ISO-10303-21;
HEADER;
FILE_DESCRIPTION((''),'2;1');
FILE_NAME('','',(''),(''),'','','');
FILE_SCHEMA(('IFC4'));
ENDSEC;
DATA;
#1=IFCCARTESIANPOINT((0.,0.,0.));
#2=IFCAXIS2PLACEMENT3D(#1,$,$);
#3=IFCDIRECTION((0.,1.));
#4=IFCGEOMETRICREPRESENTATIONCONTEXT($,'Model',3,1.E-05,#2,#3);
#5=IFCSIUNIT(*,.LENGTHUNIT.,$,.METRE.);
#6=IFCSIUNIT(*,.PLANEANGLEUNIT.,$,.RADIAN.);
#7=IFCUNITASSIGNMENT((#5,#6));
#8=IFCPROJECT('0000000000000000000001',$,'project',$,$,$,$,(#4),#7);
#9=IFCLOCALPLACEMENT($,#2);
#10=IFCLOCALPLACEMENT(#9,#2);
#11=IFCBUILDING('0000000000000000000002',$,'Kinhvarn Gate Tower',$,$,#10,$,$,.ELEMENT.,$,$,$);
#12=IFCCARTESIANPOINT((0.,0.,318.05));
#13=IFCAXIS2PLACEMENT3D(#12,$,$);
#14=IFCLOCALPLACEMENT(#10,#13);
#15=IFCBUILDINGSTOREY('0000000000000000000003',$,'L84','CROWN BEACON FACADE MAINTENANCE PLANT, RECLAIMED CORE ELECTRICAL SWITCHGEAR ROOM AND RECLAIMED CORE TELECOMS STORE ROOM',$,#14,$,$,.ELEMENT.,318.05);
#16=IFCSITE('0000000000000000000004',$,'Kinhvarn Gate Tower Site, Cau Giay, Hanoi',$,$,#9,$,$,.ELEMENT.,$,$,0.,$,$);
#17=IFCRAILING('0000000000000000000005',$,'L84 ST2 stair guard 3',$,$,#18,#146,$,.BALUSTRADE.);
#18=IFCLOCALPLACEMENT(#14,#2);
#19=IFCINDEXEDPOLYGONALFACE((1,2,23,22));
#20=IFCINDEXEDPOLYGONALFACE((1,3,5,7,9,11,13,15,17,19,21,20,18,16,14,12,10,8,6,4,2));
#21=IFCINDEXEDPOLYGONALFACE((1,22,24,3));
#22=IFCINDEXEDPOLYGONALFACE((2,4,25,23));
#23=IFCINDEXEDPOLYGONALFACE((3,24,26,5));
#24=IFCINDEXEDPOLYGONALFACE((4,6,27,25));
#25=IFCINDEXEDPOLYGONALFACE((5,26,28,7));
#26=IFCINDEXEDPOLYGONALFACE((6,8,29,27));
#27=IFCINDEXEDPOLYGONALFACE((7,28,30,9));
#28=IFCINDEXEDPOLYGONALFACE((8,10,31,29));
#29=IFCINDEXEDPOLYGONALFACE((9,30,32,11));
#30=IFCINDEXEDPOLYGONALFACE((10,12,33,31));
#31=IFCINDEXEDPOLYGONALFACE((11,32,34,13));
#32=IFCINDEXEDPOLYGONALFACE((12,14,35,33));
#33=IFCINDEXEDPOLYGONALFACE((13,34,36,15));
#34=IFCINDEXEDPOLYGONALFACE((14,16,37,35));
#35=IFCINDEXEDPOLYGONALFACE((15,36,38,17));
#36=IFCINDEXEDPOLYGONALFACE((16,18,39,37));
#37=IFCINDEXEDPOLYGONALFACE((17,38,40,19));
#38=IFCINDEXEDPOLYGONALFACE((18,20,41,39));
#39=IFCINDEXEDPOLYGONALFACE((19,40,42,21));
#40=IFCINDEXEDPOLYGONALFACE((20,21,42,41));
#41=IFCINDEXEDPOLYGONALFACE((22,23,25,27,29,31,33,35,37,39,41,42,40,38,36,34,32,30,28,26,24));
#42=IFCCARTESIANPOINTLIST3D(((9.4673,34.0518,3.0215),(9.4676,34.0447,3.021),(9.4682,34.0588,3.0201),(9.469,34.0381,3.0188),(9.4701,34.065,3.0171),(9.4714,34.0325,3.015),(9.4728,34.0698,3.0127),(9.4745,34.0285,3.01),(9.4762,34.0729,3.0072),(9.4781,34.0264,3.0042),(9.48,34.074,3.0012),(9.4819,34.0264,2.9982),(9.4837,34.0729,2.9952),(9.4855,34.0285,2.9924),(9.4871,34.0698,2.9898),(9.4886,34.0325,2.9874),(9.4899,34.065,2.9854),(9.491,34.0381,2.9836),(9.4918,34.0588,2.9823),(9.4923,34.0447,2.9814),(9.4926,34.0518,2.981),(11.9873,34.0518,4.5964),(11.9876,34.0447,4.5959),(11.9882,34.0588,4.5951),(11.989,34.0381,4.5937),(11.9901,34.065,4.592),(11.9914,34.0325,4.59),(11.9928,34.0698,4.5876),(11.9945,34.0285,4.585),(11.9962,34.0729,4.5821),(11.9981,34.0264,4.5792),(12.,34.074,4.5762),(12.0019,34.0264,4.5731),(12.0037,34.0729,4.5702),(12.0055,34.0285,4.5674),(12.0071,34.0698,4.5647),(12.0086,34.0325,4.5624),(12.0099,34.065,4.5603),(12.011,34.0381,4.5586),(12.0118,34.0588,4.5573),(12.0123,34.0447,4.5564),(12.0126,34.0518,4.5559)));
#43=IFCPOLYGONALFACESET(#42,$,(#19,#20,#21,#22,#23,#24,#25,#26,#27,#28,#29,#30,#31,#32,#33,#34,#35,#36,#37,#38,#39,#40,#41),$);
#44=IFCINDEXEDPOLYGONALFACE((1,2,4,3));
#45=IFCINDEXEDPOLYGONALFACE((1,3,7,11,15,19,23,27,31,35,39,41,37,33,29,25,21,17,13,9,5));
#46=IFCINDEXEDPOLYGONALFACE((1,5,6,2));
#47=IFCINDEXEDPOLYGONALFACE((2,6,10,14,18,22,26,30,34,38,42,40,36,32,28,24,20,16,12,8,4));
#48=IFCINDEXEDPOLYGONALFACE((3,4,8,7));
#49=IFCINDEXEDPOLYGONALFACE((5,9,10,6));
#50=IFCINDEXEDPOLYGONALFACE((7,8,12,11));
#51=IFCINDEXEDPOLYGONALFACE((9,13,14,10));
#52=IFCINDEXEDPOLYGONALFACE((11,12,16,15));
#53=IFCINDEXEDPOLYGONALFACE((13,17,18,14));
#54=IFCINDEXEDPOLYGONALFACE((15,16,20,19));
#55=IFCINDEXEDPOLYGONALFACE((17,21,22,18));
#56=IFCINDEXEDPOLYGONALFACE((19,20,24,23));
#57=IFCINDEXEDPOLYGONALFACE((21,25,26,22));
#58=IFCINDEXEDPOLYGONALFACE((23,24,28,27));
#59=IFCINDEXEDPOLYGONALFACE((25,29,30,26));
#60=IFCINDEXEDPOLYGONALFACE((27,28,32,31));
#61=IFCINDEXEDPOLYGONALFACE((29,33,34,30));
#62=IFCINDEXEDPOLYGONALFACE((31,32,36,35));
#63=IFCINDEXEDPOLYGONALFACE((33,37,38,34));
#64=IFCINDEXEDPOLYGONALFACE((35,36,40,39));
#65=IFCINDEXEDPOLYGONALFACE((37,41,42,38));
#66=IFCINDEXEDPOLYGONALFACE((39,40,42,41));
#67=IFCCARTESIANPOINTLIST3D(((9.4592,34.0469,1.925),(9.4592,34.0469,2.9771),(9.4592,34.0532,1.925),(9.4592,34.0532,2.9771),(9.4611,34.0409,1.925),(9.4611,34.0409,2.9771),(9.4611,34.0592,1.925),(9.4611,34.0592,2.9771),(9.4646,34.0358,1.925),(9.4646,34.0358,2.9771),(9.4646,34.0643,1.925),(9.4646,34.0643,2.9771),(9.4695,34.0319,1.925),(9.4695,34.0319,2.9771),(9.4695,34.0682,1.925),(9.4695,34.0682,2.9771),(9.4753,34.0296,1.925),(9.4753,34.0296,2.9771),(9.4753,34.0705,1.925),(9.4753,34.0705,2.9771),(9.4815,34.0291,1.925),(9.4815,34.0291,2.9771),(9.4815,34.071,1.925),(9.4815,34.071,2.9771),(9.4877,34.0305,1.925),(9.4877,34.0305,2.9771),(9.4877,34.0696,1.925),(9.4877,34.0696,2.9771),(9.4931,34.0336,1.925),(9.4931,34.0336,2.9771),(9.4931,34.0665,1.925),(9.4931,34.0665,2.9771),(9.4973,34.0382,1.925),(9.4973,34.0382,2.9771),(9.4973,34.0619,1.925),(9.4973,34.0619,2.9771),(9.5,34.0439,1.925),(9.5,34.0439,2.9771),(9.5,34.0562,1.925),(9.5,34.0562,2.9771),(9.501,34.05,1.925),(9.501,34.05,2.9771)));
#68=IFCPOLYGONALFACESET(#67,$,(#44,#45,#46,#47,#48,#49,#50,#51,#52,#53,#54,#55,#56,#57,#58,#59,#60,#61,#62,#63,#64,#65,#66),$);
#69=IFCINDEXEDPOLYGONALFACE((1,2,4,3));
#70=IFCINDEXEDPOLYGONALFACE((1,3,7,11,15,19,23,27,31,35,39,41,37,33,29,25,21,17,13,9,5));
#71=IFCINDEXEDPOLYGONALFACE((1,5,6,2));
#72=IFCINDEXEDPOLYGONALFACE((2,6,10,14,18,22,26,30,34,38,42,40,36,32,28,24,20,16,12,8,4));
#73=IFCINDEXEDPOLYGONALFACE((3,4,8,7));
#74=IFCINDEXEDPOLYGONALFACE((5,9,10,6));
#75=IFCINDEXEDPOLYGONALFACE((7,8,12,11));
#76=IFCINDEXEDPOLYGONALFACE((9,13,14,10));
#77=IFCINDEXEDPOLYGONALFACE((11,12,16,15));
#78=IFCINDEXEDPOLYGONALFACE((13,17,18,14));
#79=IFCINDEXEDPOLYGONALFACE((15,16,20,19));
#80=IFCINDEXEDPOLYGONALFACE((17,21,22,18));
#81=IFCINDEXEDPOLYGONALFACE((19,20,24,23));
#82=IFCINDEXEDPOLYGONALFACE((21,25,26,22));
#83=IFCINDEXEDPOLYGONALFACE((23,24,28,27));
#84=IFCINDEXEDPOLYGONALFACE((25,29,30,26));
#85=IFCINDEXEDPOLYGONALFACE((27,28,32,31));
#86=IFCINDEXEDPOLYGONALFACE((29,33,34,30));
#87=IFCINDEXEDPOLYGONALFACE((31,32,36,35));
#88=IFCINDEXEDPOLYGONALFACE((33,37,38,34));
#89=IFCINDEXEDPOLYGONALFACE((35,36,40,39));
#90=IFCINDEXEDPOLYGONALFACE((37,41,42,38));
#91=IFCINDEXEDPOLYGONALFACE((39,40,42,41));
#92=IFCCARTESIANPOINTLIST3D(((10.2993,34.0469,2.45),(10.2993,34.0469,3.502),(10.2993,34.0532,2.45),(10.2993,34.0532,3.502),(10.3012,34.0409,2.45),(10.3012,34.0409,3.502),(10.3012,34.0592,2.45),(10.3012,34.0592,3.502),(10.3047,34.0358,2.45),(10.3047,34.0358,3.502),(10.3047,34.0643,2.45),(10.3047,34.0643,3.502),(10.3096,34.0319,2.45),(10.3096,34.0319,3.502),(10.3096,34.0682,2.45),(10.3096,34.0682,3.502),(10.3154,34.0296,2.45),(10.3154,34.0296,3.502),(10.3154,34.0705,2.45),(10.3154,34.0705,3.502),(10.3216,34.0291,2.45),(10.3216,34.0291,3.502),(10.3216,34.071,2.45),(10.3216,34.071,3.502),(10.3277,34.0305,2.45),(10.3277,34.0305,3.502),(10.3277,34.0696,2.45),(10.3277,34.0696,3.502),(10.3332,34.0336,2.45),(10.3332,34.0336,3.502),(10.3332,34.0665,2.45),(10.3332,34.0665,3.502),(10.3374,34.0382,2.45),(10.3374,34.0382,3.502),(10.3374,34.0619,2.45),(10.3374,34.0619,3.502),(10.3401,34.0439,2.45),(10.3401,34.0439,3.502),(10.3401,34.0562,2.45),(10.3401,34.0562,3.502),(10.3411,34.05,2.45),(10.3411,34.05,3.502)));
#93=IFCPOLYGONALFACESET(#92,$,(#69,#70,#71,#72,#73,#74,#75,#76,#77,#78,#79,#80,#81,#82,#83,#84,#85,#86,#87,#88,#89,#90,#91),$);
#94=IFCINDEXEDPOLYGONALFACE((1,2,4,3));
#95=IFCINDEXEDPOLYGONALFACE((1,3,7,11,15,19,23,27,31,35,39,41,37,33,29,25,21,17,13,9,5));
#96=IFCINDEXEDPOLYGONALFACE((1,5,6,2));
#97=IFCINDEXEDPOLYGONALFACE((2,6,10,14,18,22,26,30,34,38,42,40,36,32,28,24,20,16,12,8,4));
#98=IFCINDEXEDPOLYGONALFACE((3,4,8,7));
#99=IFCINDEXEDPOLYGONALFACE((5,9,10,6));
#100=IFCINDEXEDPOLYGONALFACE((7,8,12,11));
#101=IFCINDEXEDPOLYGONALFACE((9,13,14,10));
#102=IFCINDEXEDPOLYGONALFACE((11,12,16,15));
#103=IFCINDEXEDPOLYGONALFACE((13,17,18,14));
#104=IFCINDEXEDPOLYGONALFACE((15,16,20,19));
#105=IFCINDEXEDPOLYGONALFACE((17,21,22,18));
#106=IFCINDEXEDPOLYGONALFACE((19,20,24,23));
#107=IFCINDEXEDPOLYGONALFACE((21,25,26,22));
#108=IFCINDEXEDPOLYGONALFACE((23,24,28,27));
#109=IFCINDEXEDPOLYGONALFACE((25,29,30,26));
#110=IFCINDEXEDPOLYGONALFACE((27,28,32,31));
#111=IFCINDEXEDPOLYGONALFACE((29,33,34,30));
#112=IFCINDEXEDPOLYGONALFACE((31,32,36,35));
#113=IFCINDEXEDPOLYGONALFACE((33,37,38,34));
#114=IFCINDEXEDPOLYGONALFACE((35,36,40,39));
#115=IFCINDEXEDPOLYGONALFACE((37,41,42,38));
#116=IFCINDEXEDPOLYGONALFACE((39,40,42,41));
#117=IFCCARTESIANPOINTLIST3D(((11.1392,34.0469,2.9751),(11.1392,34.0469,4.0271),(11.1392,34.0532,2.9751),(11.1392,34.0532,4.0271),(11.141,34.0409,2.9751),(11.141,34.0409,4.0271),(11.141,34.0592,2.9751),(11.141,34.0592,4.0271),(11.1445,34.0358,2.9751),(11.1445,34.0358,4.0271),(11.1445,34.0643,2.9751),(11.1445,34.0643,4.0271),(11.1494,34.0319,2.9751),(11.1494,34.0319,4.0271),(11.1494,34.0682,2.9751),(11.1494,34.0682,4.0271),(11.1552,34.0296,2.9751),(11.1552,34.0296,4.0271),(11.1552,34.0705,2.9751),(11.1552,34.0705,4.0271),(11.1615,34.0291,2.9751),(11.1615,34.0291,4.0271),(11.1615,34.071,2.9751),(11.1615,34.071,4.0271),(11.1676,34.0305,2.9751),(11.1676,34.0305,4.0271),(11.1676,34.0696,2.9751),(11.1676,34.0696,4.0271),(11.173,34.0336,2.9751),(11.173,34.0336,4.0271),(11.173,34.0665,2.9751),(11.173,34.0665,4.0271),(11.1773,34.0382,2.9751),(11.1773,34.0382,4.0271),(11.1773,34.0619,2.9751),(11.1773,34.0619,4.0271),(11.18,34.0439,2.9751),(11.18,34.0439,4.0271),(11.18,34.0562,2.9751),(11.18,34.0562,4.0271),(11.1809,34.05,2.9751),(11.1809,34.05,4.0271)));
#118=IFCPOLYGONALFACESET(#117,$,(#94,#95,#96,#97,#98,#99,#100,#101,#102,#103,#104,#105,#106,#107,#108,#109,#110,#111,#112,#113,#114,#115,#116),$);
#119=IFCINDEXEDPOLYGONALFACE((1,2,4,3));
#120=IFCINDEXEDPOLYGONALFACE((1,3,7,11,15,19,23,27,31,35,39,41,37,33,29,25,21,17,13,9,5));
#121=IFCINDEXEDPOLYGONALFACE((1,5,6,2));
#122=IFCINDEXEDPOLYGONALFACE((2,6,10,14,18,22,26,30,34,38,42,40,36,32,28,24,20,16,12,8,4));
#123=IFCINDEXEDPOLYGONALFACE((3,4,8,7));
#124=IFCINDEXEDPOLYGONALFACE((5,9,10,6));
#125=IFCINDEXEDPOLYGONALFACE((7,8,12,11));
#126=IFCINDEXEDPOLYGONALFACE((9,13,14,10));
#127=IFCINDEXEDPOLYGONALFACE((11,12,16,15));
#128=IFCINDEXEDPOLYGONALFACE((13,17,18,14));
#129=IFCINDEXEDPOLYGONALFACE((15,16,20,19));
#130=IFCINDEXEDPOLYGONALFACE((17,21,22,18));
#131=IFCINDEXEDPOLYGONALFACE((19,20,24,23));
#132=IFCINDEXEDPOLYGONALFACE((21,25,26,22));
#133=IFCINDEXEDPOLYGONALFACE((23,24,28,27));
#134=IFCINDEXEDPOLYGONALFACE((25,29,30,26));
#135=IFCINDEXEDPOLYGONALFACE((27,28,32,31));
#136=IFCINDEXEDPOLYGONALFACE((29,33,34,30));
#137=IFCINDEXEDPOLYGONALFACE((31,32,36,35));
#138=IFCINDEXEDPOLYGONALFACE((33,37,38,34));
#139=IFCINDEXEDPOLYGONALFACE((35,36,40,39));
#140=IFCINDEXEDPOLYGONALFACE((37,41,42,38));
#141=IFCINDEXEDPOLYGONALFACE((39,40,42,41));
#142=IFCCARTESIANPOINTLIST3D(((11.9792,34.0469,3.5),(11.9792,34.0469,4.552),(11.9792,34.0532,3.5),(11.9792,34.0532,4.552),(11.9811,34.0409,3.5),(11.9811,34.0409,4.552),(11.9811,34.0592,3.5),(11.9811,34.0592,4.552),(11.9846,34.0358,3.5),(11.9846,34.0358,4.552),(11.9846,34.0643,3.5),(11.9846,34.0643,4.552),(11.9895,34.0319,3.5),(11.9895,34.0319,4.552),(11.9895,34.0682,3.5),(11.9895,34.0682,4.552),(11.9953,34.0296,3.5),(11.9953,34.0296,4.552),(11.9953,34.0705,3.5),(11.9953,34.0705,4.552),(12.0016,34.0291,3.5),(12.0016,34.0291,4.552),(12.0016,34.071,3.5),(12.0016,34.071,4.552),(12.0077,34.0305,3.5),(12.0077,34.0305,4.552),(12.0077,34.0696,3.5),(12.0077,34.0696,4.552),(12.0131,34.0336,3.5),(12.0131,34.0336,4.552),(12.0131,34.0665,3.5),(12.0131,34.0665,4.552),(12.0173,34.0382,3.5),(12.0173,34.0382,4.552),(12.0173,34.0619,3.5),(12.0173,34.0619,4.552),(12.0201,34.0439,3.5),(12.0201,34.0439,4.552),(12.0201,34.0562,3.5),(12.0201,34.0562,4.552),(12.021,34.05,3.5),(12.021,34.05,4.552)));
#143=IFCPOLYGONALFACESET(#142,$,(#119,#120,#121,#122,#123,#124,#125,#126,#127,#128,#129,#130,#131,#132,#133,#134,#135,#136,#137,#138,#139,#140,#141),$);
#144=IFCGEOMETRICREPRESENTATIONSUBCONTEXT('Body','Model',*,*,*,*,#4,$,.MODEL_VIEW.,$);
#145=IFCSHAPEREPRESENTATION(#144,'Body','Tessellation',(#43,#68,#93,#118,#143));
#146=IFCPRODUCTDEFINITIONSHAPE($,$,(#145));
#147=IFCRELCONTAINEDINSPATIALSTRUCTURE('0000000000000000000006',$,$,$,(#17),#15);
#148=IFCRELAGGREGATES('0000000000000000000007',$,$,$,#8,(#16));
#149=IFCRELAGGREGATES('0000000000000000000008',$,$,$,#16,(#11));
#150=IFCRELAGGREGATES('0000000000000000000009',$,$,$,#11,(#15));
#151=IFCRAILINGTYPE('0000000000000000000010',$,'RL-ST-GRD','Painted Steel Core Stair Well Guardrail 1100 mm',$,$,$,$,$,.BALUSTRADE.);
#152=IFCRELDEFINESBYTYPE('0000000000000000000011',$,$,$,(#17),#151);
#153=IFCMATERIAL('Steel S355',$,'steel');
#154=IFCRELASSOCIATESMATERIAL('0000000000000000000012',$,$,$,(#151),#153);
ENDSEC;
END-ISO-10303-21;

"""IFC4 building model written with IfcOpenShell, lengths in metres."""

from ifc_helpers import new_model, si_unit, direction, frame, origin, origin_2d, place, context, subcontext, project, spatial, circle, extrude, material, type_object, element, save


model = new_model("IFC4")

# Units and contexts
model_context = context("Model", 3, precision=1e-05, world=origin(), true_north=direction((0.0, 1.0)))
body_context = subcontext(model_context, "Body", "Model", "MODEL_VIEW")
ifc_project = project(units=[si_unit("LENGTHUNIT", "METRE"), si_unit("PLANEANGLEUNIT", "RADIAN")], contexts=[model_context])

# Site, building, storey
site_placement = place(None, origin())
site = spatial("IfcSite", under=ifc_project, at=site_placement, Name="Kinhvarn Gate Tower Site, Cau Giay, Hanoi", CompositionType="ELEMENT", RefElevation=0.0)
building_placement = place(site_placement, origin())
building = spatial("IfcBuilding", under=site, at=building_placement, Name="Kinhvarn Gate Tower", CompositionType="ELEMENT")
storey_placement = place(building_placement, frame((0.0, 0.0, 318.05)))
storey = spatial("IfcBuildingStorey", under=building, at=storey_placement, Name="L84", Description="CROWN BEACON FACADE MAINTENANCE PLANT, RECLAIMED CORE ELECTRICAL SWITCHGEAR ROOM AND RECLAIMED CORE TELECOMS STORE ROOM", CompositionType="ELEMENT", Elevation=318.05)

# Railing
ifc_material_1 = material(Name="Steel S355", Category="steel")
railing_type_1 = type_object("IfcRailingType", Name="RL-ST-GRD", Description="Painted Steel Core Stair Well Guardrail 1100 mm", PredefinedType="BALUSTRADE", material=ifc_material_1)
railing_1_placement = place(storey_placement, frame((9.48, 34.05, 1.925)))
element("IfcRailing", 1, at=railing_1_placement, inside=storey, type_object=railing_type_1, Name="L84 ST2 stair guard 3", PredefinedType="BALUSTRADE", context=body_context, shape_type="SweptSolid", body=[
    extrude(circle(Radius=0.0239, at=origin_2d()), frame((0.0, 0.0, 1.0762), z_axis=(0.848008, 0.0, 0.529984), x_axis=(0.0, 1.0, 0.0)), (0.0, 0.0, 1.0), 2.9717),
    extrude(circle(Radius=0.021, at=origin_2d()), origin(), (0.0, 0.0, 1.0), 1.052),
    extrude(circle(Radius=0.021, at=origin_2d()), frame((0.8401, 0.0, 0.5249)), (0.0, 0.0, 1.0), 1.052),
    extrude(circle(Radius=0.021, at=origin_2d()), frame((1.6799, 0.0, 1.05)), (0.0, 0.0, 1.0), 1.052),
    extrude(circle(Radius=0.021, at=origin_2d()), frame((2.52, 0.0, 1.575)), (0.0, 0.0, 1.0), 1.052),
])

save(model, "model.ifc")
